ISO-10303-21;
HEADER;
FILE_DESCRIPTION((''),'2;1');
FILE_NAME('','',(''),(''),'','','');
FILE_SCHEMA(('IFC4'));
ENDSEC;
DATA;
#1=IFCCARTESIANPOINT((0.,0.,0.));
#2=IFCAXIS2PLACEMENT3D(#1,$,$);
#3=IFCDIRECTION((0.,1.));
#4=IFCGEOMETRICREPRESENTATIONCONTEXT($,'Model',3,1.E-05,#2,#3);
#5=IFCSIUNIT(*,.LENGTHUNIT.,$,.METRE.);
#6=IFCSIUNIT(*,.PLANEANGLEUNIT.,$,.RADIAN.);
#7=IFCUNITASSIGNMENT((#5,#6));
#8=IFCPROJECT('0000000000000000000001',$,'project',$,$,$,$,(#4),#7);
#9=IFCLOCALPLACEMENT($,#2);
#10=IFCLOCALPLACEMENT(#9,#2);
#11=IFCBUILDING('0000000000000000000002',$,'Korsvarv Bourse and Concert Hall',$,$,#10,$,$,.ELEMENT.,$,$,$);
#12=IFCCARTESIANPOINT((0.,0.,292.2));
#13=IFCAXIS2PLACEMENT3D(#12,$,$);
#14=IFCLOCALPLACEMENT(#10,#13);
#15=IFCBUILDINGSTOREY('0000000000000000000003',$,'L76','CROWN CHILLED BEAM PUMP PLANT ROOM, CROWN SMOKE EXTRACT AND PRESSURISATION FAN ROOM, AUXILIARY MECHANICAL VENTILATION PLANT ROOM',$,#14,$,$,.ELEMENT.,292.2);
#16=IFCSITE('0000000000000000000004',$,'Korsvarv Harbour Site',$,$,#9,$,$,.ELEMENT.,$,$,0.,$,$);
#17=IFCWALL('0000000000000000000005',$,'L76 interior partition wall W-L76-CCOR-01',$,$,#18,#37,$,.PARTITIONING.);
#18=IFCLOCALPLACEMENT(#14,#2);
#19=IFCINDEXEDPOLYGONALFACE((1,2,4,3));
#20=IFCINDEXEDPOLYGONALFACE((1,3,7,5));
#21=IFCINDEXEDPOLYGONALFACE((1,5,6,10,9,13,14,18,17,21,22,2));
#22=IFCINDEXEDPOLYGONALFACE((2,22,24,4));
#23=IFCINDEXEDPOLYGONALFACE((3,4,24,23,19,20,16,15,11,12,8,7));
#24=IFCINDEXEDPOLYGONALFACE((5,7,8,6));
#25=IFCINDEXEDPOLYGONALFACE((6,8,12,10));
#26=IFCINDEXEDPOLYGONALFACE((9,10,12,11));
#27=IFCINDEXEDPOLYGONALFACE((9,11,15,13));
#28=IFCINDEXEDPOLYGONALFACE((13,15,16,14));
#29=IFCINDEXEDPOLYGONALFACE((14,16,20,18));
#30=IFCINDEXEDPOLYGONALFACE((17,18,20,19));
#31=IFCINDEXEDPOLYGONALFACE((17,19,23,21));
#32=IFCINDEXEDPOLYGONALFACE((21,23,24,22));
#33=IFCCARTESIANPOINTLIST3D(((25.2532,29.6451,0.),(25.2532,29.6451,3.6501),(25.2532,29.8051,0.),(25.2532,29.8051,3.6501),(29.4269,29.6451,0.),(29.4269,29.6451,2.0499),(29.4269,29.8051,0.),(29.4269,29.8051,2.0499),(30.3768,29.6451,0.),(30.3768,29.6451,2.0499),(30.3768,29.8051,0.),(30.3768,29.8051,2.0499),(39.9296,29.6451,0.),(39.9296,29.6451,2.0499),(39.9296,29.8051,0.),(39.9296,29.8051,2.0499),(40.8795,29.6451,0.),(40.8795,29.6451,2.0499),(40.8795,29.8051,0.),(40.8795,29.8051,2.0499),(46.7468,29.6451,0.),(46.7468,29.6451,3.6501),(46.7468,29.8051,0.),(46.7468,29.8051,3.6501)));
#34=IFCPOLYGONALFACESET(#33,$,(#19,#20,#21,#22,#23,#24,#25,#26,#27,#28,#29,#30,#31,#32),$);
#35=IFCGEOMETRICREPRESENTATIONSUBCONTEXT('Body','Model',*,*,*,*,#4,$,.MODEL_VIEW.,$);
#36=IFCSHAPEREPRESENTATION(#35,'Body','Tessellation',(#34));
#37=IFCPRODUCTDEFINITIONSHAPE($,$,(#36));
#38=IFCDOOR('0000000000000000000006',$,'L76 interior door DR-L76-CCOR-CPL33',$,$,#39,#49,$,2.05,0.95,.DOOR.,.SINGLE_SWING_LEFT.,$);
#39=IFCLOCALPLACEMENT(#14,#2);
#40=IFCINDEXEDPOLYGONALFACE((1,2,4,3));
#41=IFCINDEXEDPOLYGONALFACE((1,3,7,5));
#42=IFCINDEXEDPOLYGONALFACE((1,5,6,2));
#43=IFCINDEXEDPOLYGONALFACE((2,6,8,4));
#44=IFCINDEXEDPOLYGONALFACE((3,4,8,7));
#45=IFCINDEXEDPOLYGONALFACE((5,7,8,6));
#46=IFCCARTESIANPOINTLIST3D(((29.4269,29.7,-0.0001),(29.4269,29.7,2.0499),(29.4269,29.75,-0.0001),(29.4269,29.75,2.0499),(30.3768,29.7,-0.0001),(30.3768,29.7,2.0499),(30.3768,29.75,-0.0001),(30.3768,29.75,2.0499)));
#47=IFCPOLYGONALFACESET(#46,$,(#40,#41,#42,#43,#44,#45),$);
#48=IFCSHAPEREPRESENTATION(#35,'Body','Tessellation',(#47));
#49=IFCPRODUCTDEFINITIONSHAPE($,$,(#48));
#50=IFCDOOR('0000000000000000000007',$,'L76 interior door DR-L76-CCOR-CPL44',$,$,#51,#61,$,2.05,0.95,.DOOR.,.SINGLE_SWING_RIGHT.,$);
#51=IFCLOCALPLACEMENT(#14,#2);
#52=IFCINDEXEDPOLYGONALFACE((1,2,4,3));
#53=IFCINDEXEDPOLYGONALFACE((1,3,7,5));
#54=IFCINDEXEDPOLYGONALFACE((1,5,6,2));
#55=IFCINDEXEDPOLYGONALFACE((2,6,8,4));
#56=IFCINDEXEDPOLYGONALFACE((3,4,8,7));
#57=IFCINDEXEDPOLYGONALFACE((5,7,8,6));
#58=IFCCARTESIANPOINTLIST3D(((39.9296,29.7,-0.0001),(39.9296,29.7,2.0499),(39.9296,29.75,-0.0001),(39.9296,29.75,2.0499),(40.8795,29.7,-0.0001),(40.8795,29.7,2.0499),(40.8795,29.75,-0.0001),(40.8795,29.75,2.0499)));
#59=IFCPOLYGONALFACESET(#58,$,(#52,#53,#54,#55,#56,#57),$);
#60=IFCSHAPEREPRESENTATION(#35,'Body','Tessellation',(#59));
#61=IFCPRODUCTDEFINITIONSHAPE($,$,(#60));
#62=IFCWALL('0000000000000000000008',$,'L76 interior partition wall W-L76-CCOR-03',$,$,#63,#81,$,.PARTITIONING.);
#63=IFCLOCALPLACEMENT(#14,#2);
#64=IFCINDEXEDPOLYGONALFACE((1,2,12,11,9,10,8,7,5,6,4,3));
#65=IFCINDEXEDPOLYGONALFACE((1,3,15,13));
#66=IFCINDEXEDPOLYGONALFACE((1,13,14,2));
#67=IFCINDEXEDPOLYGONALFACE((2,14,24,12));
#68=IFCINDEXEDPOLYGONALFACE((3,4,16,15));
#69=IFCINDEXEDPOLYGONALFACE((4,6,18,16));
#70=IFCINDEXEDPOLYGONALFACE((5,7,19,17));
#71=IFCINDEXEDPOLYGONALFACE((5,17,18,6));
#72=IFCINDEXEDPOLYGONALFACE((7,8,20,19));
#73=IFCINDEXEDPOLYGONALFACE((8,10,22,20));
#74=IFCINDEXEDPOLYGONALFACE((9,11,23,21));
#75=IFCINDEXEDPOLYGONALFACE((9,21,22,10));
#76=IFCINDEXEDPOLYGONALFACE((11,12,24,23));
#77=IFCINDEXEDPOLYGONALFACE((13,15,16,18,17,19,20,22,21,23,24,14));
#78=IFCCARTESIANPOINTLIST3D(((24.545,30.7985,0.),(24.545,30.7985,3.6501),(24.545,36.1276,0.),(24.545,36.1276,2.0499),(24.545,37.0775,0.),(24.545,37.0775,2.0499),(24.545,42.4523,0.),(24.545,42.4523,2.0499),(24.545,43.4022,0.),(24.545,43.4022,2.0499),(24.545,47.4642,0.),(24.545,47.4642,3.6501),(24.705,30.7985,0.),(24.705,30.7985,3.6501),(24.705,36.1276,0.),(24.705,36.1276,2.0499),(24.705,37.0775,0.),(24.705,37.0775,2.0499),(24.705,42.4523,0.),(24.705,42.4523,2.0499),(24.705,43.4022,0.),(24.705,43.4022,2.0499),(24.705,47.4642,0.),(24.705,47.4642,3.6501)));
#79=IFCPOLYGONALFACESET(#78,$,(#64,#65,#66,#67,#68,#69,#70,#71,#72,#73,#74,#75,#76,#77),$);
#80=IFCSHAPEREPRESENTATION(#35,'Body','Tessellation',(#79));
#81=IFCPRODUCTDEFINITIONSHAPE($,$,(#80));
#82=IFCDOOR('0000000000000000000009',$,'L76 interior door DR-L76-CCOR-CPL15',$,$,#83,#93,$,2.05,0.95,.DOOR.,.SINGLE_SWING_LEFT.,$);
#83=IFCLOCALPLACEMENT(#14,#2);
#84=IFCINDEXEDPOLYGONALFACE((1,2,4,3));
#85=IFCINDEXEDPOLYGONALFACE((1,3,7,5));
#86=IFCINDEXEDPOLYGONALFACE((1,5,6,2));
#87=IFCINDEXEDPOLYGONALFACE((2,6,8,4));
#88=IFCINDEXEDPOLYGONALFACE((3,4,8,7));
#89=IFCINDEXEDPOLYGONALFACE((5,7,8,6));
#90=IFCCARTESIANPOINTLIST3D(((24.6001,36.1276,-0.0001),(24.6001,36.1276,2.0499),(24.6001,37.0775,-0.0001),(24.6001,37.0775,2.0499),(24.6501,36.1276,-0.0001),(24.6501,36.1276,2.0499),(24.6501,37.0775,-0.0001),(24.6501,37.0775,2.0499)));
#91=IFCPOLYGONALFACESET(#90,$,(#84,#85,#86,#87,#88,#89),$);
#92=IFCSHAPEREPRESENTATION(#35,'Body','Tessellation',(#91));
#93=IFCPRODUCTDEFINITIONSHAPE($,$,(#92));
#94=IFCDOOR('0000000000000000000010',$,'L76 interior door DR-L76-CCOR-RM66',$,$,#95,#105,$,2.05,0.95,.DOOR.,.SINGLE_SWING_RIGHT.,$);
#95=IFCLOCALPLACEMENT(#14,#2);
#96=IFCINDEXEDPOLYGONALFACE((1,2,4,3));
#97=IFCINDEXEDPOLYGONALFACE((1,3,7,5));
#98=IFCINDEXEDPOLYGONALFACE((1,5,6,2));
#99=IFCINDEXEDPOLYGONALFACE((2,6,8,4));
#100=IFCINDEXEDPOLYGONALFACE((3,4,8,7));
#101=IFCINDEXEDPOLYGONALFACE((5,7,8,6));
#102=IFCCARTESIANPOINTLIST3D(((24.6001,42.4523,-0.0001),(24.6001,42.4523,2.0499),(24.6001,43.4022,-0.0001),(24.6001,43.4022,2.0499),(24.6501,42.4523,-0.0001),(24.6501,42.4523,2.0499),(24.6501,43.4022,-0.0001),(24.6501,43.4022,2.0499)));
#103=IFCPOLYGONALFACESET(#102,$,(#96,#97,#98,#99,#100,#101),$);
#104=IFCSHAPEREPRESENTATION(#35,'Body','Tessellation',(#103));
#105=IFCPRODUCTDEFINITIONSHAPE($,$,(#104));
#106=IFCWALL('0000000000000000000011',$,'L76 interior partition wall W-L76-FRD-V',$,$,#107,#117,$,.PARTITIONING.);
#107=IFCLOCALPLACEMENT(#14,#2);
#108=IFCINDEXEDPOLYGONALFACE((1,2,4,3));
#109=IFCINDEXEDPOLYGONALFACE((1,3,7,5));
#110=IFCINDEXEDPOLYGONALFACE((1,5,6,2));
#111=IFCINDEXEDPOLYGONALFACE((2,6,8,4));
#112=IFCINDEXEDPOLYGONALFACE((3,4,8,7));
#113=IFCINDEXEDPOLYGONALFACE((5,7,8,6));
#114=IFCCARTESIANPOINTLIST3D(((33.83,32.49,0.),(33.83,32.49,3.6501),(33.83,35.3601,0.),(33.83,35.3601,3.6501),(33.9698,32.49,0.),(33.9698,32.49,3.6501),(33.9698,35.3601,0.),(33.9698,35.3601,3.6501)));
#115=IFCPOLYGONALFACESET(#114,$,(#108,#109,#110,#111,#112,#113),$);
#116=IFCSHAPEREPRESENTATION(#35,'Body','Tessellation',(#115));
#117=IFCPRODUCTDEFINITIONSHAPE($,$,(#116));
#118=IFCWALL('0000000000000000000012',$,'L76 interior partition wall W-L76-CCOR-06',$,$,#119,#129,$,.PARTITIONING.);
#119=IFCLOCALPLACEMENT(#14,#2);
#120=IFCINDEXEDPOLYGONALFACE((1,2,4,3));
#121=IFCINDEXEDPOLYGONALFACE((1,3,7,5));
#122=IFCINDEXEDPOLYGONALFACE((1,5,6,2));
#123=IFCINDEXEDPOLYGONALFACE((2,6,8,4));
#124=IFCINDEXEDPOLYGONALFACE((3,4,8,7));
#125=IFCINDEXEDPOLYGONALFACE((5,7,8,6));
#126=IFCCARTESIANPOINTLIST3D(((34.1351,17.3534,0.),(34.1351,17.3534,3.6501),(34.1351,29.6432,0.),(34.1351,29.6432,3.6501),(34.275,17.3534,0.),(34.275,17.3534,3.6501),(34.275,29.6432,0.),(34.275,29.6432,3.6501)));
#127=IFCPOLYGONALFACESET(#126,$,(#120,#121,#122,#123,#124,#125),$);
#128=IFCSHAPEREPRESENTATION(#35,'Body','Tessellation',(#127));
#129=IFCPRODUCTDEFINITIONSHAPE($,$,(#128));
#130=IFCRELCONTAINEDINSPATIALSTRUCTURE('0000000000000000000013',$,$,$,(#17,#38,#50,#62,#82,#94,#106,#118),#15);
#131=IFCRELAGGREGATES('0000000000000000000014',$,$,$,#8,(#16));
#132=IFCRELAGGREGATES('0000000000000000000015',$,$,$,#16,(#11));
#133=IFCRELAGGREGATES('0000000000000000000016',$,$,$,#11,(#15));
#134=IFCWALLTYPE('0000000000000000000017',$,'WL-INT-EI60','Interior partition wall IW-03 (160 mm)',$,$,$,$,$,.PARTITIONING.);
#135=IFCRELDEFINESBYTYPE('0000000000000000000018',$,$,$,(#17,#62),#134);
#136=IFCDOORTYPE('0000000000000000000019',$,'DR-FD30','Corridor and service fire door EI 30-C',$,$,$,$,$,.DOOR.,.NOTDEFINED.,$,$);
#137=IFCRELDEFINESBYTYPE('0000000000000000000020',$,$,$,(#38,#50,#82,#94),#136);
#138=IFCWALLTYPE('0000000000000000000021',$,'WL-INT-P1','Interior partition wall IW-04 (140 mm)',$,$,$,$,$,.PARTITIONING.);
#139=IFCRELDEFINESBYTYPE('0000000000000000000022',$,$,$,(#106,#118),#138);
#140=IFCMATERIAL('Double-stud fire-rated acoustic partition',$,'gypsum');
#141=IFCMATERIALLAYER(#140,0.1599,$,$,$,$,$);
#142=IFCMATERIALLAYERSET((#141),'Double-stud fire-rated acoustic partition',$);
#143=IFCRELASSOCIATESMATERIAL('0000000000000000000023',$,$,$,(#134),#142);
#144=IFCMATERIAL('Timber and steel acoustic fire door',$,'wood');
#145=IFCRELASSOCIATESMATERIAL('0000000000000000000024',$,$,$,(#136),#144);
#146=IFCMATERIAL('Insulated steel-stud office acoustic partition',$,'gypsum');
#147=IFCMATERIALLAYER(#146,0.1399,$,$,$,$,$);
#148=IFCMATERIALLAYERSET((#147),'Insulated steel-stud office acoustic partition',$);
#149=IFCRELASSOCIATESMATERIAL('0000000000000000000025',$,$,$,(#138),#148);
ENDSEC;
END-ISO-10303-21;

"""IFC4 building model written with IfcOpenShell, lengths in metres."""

from ifc_helpers import new_model, si_unit, direction, frame, frame_2d, origin, place, context, subcontext, project, spatial, rectangle, extrude, material, layer, layer_set, type_object, element, fill, save


model = new_model("IFC4")

# Units and contexts
model_context = context("Model", 3, precision=1e-05, world=origin(), true_north=direction((0.0, 1.0)))
body_context = subcontext(model_context, "Body", "Model", "MODEL_VIEW")
ifc_project = project(units=[si_unit("LENGTHUNIT", "METRE"), si_unit("PLANEANGLEUNIT", "RADIAN")], contexts=[model_context])

# Site, building, storey
site_placement = place(None, origin())
site = spatial("IfcSite", under=ifc_project, at=site_placement, Name="Korsvarv Harbour Site", CompositionType="ELEMENT", RefElevation=0.0)
building_placement = place(site_placement, origin())
building = spatial("IfcBuilding", under=site, at=building_placement, Name="Korsvarv Bourse and Concert Hall", CompositionType="ELEMENT")
storey_placement = place(building_placement, frame((0.0, 0.0, 292.2)))
storey = spatial("IfcBuildingStorey", under=building, at=storey_placement, Name="L76", Description="CROWN CHILLED BEAM PUMP PLANT ROOM, CROWN SMOKE EXTRACT AND PRESSURISATION FAN ROOM, AUXILIARY MECHANICAL VENTILATION PLANT ROOM", CompositionType="ELEMENT", Elevation=292.2)

# Shared definitions
ifc_material_1 = material(Name="Double-stud fire-rated acoustic partition", Category="gypsum")
ifc_layer_1 = layer(ifc_material_1, 0.1599)
ifc_layer_set_1 = layer_set([ifc_layer_1], Name="Double-stud fire-rated acoustic partition")
wall_type_1 = type_object("IfcWallType", Name="WL-INT-EI60", Description="Interior partition wall IW-03 (160 mm)", PredefinedType="PARTITIONING", material=ifc_layer_set_1)

# Walls, openings, doors
wall_1_placement = place(storey_placement, frame((25.2532, 29.7251, 0.0), z_axis=(0.0, 0.0, 1.0), x_axis=(1.0, 0.0, 0.0)))
wall_1 = element("IfcWall", 1, at=wall_1_placement, inside=storey, type_object=wall_type_1, Name="L76 interior partition wall W-L76-CCOR-01", PredefinedType="PARTITIONING", context=body_context, shape_type="SweptSolid", body=[
    extrude(rectangle(XDim=21.4937, YDim=0.1599, at=frame_2d((10.7468, 0.0))), origin(), (0.0, 0.0, 1.0), 3.6501),
])
opening_1_placement = place(wall_1_placement, frame((4.1736, 0.0, 0.0)))
opening_1 = element("IfcOpeningElement", 2, at=opening_1_placement, cuts=wall_1, PredefinedType="OPENING", context=body_context, shape_type="SweptSolid", body=[
    extrude(rectangle(XDim=0.95, YDim=2.05, at=frame_2d((0.4751, 1.0249))), frame((0.0, 0.0898, 0.0), z_axis=(0.0, -1.0, 0.0), x_axis=(1.0, 0.0, 0.0)), (0.0, 0.0, 1.0), 0.1799),
])
opening_2_placement = place(wall_1_placement, frame((14.6763, 0.0, 0.0)))
opening_2 = element("IfcOpeningElement", 3, at=opening_2_placement, cuts=wall_1, PredefinedType="OPENING", context=body_context, shape_type="SweptSolid", body=[
    extrude(rectangle(XDim=0.95, YDim=2.05, at=frame_2d((0.4751, 1.0249))), frame((0.0, 0.0898, 0.0), z_axis=(0.0, -1.0, 0.0), x_axis=(1.0, 0.0, 0.0)), (0.0, 0.0, 1.0), 0.1799),
])
ifc_material_2 = material(Name="Timber and steel acoustic fire door", Category="wood")
door_type = type_object("IfcDoorType", Name="DR-FD30", Description="Corridor and service fire door EI 30-C", OperationType="NOTDEFINED", PredefinedType="DOOR", material=ifc_material_2)
door_1_placement = place(opening_1_placement, origin())
door_1 = element("IfcDoor", 4, at=door_1_placement, inside=storey, type_object=door_type, Name="L76 interior door DR-L76-CCOR-CPL33", OperationType="SINGLE_SWING_LEFT", OverallHeight=2.05, OverallWidth=0.95, PredefinedType="DOOR", context=body_context, shape_type="SweptSolid", body=[
    extrude(rectangle(XDim=0.95, YDim=2.05, at=frame_2d((0.4751, 1.0249))), frame((0.0, 0.0249, 0.0), z_axis=(0.0, -1.0, 0.0), x_axis=(1.0, 0.0, 0.0)), (0.0, 0.0, 1.0), 0.05),
])
fill(opening_1, door_1)
door_2_placement = place(opening_2_placement, origin())
door_2 = element("IfcDoor", 5, at=door_2_placement, inside=storey, type_object=door_type, Name="L76 interior door DR-L76-CCOR-CPL44", OperationType="SINGLE_SWING_RIGHT", OverallHeight=2.05, OverallWidth=0.95, PredefinedType="DOOR", context=body_context, shape_type="SweptSolid", body=[
    extrude(rectangle(XDim=0.95, YDim=2.05, at=frame_2d((0.4751, 1.0249))), frame((0.0, 0.0249, 0.0), z_axis=(0.0, -1.0, 0.0), x_axis=(1.0, 0.0, 0.0)), (0.0, 0.0, 1.0), 0.05),
])
fill(opening_2, door_2)
wall_2_placement = place(storey_placement, frame((24.625, 30.7983, 0.0), z_axis=(0.0, 0.0, 1.0), x_axis=(0.0, 1.0, 0.0)))
wall_2 = element("IfcWall", 6, at=wall_2_placement, inside=storey, type_object=wall_type_1, Name="L76 interior partition wall W-L76-CCOR-03", PredefinedType="PARTITIONING", context=body_context, shape_type="SweptSolid", body=[
    extrude(rectangle(XDim=16.6658, YDim=0.1599, at=frame_2d((8.333, 0.0))), origin(), (0.0, 0.0, 1.0), 3.6501),
])
opening_3_placement = place(wall_2_placement, frame((5.3291, 0.0, 0.0)))
opening_3 = element("IfcOpeningElement", 7, at=opening_3_placement, cuts=wall_2, PredefinedType="OPENING", context=body_context, shape_type="SweptSolid", body=[
    extrude(rectangle(XDim=0.95, YDim=2.05, at=frame_2d((0.4751, 1.0249))), frame((0.0, 0.0898, 0.0), z_axis=(0.0, -1.0, 0.0), x_axis=(1.0, 0.0, 0.0)), (0.0, 0.0, 1.0), 0.1799),
])
opening_4_placement = place(wall_2_placement, frame((11.6538, 0.0, 0.0)))
opening_4 = element("IfcOpeningElement", 8, at=opening_4_placement, cuts=wall_2, PredefinedType="OPENING", context=body_context, shape_type="SweptSolid", body=[
    extrude(rectangle(XDim=0.95, YDim=2.05, at=frame_2d((0.4751, 1.0249))), frame((0.0, 0.0898, 0.0), z_axis=(0.0, -1.0, 0.0), x_axis=(1.0, 0.0, 0.0)), (0.0, 0.0, 1.0), 0.1799),
])
door_3_placement = place(opening_3_placement, origin())
door_3 = element("IfcDoor", 9, at=door_3_placement, inside=storey, type_object=door_type, Name="L76 interior door DR-L76-CCOR-CPL15", OperationType="SINGLE_SWING_LEFT", OverallHeight=2.05, OverallWidth=0.95, PredefinedType="DOOR", context=body_context, shape_type="SweptSolid", body=[
    extrude(rectangle(XDim=0.95, YDim=2.05, at=frame_2d((0.4751, 1.0249))), frame((0.0, 0.0249, 0.0), z_axis=(0.0, -1.0, 0.0), x_axis=(1.0, 0.0, 0.0)), (0.0, 0.0, 1.0), 0.05),
])
fill(opening_3, door_3)
door_4_placement = place(opening_4_placement, origin())
door_4 = element("IfcDoor", 10, at=door_4_placement, inside=storey, type_object=door_type, Name="L76 interior door DR-L76-CCOR-RM66", OperationType="SINGLE_SWING_RIGHT", OverallHeight=2.05, OverallWidth=0.95, PredefinedType="DOOR", context=body_context, shape_type="SweptSolid", body=[
    extrude(rectangle(XDim=0.95, YDim=2.05, at=frame_2d((0.4751, 1.0249))), frame((0.0, 0.0249, 0.0), z_axis=(0.0, -1.0, 0.0), x_axis=(1.0, 0.0, 0.0)), (0.0, 0.0, 1.0), 0.05),
])
fill(opening_4, door_4)

# Walls
ifc_material_3 = material(Name="Insulated steel-stud office acoustic partition", Category="gypsum")
ifc_layer_2 = layer(ifc_material_3, 0.1399)
ifc_layer_set_2 = layer_set([ifc_layer_2], Name="Insulated steel-stud office acoustic partition")
wall_type_2 = type_object("IfcWallType", Name="WL-INT-P1", Description="Interior partition wall IW-04 (140 mm)", PredefinedType="PARTITIONING", material=ifc_layer_set_2)
wall_3_placement = place(storey_placement, frame((33.8999, 32.49, 0.0), z_axis=(0.0, 0.0, 1.0), x_axis=(0.0, 1.0, 0.0)))
element("IfcWall", 11, at=wall_3_placement, inside=storey, type_object=wall_type_2, Name="L76 interior partition wall W-L76-FRD-V", PredefinedType="PARTITIONING", context=body_context, shape_type="SweptSolid", body=[
    extrude(rectangle(XDim=2.8701, YDim=0.1399, at=frame_2d((1.4351, 0.0))), origin(), (0.0, 0.0, 1.0), 3.6501),
])
wall_4_placement = place(storey_placement, frame((34.2051, 17.3533, 0.0), z_axis=(0.0, 0.0, 1.0), x_axis=(0.0, 1.0, 0.0)))
element("IfcWall", 12, at=wall_4_placement, inside=storey, type_object=wall_type_2, Name="L76 interior partition wall W-L76-CCOR-06", PredefinedType="PARTITIONING", context=body_context, shape_type="SweptSolid", body=[
    extrude(rectangle(XDim=12.2898, YDim=0.1399, at=frame_2d((6.145, 0.0))), origin(), (0.0, 0.0, 1.0), 3.6501),
])

save(model, "model.ifc")
